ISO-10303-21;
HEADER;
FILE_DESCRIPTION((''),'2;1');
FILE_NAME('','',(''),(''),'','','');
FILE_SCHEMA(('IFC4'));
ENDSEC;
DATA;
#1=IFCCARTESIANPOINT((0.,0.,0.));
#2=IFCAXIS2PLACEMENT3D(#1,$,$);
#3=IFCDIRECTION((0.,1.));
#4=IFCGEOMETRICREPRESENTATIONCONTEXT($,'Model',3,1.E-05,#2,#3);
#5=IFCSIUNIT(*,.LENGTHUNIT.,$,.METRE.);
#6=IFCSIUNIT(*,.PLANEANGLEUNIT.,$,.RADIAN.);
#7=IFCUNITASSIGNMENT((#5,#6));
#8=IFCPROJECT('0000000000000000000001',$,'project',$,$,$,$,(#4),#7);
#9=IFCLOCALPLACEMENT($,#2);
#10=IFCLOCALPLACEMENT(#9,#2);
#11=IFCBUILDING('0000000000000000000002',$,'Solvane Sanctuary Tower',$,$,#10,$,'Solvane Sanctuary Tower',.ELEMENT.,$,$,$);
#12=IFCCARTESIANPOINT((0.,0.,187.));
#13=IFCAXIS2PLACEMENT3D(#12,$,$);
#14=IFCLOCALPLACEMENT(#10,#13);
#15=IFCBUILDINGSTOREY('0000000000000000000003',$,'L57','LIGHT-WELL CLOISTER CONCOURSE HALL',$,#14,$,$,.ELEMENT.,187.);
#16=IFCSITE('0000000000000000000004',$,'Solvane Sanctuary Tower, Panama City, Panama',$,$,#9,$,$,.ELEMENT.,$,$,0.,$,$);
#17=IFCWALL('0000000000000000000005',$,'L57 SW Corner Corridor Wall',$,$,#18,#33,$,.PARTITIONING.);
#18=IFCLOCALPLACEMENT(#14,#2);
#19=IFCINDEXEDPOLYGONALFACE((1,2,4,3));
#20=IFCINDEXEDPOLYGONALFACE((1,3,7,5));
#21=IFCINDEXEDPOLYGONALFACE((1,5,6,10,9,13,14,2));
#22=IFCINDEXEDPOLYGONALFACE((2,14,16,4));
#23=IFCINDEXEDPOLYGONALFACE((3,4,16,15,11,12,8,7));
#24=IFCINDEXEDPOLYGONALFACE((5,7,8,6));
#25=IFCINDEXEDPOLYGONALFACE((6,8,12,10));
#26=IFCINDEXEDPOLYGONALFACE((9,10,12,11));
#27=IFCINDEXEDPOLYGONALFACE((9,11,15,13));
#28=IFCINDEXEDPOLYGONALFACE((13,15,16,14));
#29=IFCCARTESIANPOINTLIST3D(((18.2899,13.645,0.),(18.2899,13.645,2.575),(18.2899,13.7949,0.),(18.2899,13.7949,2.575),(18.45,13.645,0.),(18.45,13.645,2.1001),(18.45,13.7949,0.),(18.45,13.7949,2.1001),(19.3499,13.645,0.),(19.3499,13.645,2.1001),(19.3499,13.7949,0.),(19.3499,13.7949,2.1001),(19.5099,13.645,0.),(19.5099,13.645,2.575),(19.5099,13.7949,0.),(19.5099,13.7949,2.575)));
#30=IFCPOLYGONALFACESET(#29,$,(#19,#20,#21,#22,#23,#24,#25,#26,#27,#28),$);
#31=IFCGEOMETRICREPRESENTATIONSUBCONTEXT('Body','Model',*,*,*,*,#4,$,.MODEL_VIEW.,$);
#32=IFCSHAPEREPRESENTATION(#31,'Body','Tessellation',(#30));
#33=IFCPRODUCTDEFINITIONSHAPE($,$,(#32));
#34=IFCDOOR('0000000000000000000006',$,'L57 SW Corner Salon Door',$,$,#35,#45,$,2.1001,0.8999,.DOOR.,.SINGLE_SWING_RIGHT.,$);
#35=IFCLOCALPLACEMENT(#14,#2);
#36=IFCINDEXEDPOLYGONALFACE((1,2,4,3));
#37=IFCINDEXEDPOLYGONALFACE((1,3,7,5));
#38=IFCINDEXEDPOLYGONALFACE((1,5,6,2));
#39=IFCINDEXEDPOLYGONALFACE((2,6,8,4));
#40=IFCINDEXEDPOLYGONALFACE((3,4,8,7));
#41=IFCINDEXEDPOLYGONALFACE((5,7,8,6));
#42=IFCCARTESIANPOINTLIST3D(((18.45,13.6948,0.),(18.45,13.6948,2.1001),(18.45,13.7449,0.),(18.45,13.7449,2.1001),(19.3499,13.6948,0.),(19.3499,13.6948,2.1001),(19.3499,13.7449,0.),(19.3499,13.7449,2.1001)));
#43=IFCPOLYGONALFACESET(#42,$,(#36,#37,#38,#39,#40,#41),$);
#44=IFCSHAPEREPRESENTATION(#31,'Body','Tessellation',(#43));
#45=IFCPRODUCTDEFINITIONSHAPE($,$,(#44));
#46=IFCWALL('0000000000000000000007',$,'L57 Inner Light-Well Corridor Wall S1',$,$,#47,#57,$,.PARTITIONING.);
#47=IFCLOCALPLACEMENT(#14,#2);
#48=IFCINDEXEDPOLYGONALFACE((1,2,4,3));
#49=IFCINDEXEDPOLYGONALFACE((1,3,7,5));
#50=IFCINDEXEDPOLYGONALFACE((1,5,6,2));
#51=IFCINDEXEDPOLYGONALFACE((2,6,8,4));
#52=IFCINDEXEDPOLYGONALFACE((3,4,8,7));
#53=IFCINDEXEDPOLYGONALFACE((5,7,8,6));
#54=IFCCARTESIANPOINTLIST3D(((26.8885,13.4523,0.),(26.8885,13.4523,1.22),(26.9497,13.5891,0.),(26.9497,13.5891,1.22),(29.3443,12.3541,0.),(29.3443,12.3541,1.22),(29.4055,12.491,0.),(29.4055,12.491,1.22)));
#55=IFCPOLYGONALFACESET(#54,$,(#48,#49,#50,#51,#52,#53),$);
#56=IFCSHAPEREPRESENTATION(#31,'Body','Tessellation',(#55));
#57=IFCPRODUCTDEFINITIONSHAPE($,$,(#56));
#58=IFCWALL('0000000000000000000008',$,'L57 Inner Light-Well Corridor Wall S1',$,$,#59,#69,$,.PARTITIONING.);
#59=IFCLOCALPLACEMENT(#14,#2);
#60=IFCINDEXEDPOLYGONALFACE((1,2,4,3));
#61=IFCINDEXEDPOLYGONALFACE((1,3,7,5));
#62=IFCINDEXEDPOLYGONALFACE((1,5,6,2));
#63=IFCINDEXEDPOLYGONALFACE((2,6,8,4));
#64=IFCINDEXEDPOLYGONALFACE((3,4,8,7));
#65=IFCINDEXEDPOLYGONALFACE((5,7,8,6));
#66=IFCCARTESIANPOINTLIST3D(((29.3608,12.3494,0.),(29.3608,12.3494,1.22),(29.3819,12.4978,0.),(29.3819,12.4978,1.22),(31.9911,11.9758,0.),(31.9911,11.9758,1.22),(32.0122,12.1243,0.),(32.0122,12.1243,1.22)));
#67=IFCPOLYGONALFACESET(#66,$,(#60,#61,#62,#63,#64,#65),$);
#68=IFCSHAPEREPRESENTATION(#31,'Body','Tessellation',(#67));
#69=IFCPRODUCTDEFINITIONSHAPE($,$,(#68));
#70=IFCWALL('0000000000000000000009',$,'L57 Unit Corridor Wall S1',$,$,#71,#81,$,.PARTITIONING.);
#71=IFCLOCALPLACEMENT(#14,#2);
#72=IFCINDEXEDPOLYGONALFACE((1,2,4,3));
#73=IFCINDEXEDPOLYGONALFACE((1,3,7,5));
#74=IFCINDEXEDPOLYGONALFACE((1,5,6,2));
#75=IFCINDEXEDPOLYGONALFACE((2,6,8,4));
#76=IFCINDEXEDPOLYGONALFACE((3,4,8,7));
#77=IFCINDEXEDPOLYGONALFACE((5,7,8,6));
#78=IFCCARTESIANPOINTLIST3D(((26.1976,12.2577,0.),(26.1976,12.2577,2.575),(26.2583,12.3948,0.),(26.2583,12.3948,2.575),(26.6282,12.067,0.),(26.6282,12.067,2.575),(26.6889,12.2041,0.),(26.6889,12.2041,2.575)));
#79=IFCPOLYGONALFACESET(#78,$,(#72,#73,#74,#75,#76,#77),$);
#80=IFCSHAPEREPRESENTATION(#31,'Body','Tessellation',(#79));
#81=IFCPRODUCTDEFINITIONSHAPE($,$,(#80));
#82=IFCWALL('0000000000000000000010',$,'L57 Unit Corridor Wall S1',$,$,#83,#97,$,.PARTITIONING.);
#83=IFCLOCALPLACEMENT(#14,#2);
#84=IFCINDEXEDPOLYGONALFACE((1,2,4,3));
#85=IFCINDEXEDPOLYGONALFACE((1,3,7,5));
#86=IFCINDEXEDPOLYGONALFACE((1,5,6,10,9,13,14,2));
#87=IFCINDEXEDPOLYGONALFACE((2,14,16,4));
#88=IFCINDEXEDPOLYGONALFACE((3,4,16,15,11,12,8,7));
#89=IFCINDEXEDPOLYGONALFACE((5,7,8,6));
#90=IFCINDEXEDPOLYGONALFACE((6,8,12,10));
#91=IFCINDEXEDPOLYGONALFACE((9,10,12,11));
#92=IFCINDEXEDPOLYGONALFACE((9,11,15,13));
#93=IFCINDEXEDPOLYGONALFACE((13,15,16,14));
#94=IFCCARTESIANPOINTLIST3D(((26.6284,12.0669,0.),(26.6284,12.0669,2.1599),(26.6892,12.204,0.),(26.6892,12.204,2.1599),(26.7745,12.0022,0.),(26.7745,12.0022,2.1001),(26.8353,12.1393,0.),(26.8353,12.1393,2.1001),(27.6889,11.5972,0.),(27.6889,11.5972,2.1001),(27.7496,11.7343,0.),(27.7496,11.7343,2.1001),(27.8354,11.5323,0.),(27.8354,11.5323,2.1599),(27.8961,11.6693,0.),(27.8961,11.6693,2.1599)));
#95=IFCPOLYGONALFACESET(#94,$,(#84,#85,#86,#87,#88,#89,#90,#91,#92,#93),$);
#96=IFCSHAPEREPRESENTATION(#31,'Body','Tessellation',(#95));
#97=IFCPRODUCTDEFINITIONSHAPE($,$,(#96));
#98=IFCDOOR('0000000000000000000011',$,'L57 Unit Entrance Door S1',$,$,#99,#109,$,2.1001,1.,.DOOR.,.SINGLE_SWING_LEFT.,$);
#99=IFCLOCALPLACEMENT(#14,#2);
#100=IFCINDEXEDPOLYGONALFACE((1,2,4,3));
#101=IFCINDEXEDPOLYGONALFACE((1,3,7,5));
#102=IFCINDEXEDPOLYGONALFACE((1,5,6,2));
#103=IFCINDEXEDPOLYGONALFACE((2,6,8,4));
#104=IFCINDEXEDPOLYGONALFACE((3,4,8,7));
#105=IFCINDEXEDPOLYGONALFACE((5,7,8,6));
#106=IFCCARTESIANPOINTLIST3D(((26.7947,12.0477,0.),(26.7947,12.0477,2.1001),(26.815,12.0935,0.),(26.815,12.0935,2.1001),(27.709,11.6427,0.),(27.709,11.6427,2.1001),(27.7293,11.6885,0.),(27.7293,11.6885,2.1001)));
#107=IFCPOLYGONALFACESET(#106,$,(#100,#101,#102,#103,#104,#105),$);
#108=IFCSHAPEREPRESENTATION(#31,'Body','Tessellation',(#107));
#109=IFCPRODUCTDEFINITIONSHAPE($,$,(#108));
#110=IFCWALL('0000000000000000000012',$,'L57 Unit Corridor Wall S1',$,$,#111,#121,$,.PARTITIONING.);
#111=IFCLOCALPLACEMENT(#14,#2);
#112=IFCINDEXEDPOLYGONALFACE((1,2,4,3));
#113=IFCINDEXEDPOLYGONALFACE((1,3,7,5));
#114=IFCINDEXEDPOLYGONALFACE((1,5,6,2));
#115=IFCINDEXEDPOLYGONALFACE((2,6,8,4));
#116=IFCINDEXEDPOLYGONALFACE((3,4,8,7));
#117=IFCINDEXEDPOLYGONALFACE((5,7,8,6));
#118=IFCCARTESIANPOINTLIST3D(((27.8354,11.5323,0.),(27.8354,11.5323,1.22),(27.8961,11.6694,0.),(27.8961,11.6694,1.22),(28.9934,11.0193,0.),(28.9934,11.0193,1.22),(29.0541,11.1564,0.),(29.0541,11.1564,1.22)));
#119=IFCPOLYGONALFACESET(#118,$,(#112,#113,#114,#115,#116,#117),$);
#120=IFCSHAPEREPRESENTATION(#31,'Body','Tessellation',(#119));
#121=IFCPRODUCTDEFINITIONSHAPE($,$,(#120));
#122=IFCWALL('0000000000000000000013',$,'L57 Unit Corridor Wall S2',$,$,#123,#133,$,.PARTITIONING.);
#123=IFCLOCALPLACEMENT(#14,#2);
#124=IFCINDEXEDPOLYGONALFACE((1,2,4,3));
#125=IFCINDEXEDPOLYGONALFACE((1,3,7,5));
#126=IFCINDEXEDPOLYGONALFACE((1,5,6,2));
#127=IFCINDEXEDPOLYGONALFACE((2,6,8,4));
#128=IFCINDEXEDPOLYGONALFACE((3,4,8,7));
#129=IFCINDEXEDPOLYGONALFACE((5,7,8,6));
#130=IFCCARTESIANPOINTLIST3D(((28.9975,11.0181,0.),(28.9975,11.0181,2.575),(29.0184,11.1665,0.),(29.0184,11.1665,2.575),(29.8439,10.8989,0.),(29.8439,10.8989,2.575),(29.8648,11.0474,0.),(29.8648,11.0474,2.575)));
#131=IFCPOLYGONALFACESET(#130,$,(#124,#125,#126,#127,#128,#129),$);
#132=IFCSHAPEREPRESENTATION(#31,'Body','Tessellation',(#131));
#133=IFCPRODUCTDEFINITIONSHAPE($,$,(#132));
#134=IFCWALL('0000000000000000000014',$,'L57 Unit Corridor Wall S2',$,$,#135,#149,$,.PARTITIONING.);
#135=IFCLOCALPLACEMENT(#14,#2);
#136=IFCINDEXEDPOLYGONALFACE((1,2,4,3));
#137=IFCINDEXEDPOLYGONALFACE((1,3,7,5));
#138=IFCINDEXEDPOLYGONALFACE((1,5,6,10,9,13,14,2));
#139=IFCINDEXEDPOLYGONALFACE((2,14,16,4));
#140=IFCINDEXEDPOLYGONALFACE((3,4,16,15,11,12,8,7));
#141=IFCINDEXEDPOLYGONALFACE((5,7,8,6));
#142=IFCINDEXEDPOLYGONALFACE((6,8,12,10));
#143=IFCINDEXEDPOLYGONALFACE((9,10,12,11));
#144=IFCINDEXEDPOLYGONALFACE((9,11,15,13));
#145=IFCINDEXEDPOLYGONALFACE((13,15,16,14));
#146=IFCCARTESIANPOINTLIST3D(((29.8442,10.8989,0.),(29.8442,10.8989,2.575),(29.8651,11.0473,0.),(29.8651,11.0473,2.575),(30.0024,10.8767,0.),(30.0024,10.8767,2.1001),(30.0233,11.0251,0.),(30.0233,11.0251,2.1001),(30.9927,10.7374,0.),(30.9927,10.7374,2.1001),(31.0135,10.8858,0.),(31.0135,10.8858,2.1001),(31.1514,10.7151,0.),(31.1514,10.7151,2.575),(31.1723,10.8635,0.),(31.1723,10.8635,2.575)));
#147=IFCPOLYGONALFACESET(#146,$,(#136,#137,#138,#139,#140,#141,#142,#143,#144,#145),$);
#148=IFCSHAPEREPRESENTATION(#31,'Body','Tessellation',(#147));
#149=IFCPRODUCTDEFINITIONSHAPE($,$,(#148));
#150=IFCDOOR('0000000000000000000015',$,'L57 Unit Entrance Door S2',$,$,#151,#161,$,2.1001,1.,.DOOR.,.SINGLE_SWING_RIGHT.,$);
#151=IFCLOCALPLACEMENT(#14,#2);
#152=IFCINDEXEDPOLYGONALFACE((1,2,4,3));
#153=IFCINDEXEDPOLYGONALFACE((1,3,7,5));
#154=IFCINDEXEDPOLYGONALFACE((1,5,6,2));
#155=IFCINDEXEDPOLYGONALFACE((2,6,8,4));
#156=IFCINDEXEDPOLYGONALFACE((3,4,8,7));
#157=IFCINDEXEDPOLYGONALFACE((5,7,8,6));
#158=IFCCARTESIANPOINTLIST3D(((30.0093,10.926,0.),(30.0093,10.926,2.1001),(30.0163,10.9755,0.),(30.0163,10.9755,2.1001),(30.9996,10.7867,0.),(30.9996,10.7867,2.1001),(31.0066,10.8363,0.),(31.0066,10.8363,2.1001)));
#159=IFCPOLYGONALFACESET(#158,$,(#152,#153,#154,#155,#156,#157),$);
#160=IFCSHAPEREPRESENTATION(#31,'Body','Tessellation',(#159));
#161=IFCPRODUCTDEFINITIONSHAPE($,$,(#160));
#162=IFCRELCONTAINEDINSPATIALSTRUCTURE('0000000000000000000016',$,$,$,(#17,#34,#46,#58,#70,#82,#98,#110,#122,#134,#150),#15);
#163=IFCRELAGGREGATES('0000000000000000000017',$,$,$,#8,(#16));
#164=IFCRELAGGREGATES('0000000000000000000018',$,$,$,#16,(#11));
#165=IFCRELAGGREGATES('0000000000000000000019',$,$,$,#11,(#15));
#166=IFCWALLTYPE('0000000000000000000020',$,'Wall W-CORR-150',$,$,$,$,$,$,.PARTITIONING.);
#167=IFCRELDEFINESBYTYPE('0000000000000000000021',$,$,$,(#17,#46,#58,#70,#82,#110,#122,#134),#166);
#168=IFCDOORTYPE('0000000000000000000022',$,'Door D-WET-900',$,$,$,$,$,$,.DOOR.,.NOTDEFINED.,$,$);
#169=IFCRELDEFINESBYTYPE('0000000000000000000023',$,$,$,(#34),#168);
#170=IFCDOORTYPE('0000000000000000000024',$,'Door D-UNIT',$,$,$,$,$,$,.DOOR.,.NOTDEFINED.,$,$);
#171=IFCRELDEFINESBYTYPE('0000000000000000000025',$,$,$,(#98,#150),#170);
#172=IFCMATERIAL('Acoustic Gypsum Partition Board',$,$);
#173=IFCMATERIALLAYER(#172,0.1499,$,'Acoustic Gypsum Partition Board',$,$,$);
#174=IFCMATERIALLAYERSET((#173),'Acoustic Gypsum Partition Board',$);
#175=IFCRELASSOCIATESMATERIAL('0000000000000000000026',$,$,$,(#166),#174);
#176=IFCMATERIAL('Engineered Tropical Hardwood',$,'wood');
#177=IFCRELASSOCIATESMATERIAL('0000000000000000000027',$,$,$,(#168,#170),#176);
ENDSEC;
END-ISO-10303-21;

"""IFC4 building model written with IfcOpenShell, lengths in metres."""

from ifc_helpers import new_model, si_unit, direction, frame, frame_2d, origin, place, context, subcontext, project, spatial, rectangle, extrude, material, layer, layer_set, type_object, element, fill, save


model = new_model("IFC4")

# Units and contexts
model_context = context("Model", 3, precision=1e-05, world=origin(), true_north=direction((0.0, 1.0)))
body_context = subcontext(model_context, "Body", "Model", "MODEL_VIEW")
ifc_project = project(units=[si_unit("LENGTHUNIT", "METRE"), si_unit("PLANEANGLEUNIT", "RADIAN")], contexts=[model_context])

# Site, building, storey
site_placement = place(None, origin())
site = spatial("IfcSite", under=ifc_project, at=site_placement, Name="Solvane Sanctuary Tower, Panama City, Panama", CompositionType="ELEMENT", RefElevation=0.0)
building_placement = place(site_placement, origin())
building = spatial("IfcBuilding", under=site, at=building_placement, Name="Solvane Sanctuary Tower", LongName="Solvane Sanctuary Tower", CompositionType="ELEMENT")
storey_placement = place(building_placement, frame((0.0, 0.0, 187.0)))
storey = spatial("IfcBuildingStorey", under=building, at=storey_placement, Name="L57", Description="LIGHT-WELL CLOISTER CONCOURSE HALL", CompositionType="ELEMENT", Elevation=187.0)

# Shared definitions
ifc_material_1 = material(Name="Acoustic Gypsum Partition Board")
ifc_layer_1 = layer(ifc_material_1, 0.1499, Name="Acoustic Gypsum Partition Board")
ifc_layer_set_1 = layer_set([ifc_layer_1], Name="Acoustic Gypsum Partition Board")
wall_type_1 = type_object("IfcWallType", Name="Wall W-CORR-150", PredefinedType="PARTITIONING", material=ifc_layer_set_1)

# Wall, opening, door
wall_1_placement = place(storey_placement, frame((18.29, 13.72, 0.0), z_axis=(0.0, 0.0, 1.0), x_axis=(1.0, 0.0, 0.0)))
wall_1 = element("IfcWall", 1, at=wall_1_placement, inside=storey, type_object=wall_type_1, Name="L57 SW Corner Corridor Wall", PredefinedType="PARTITIONING", context=body_context, shape_type="SweptSolid", body=[
    extrude(rectangle(XDim=1.22, YDim=0.1499, at=frame_2d((0.6099, 0.0))), origin(), (0.0, 0.0, 1.0), 2.575),
])
opening_1_placement = place(wall_1_placement, frame((0.1599, 0.0, 0.0)))
opening_1 = element("IfcOpeningElement", 2, at=opening_1_placement, cuts=wall_1, PredefinedType="OPENING", context=body_context, shape_type="SweptSolid", body=[
    extrude(rectangle(XDim=0.8999, YDim=2.1001, at=frame_2d((0.45, 1.05))), frame((0.0, 0.085, 0.0), z_axis=(0.0, -1.0, 0.0), x_axis=(1.0, 0.0, 0.0)), (0.0, 0.0, 1.0), 0.1699),
])
ifc_material_2 = material(Name="Engineered Tropical Hardwood", Category="wood")
door_type_1 = type_object("IfcDoorType", Name="Door D-WET-900", OperationType="NOTDEFINED", PredefinedType="DOOR", material=ifc_material_2)
door_1_placement = place(opening_1_placement, origin())
door_1 = element("IfcDoor", 3, at=door_1_placement, inside=storey, type_object=door_type_1, Name="L57 SW Corner Salon Door", OperationType="SINGLE_SWING_RIGHT", OverallHeight=2.1001, OverallWidth=0.8999, PredefinedType="DOOR", context=body_context, shape_type="SweptSolid", body=[
    extrude(rectangle(XDim=0.8999, YDim=2.1001, at=frame_2d((0.45, 1.05))), frame((0.0, 0.0249, 0.0), z_axis=(0.0, -1.0, 0.0), x_axis=(1.0, 0.0, 0.0)), (0.0, 0.0, 1.0), 0.05),
])
fill(opening_1, door_1)

# Walls
wall_2_placement = place(storey_placement, frame((26.9189, 13.5208, 0.0), z_axis=(0.0, 0.0, 1.0), x_axis=(0.912889, -0.408209, 0.0)))
element("IfcWall", 4, at=wall_2_placement, inside=storey, type_object=wall_type_1, Name="L57 Inner Light-Well Corridor Wall S1", PredefinedType="PARTITIONING", context=body_context, shape_type="SweptSolid", body=[
    extrude(rectangle(XDim=2.6902, YDim=0.1499, at=frame_2d((1.3452, 0.0))), origin(), (0.0, 0.0, 1.0), 1.22),
])
wall_3_placement = place(storey_placement, frame((29.3713, 12.4236, 0.0), z_axis=(0.0, 0.0, 1.0), x_axis=(0.990067, -0.140598, 0.0)))
element("IfcWall", 5, at=wall_3_placement, inside=storey, type_object=wall_type_1, Name="L57 Inner Light-Well Corridor Wall S1", PredefinedType="PARTITIONING", context=body_context, shape_type="SweptSolid", body=[
    extrude(rectangle(XDim=2.6567, YDim=0.1499, at=frame_2d((1.3284, 0.0))), origin(), (0.0, 0.0, 1.0), 1.22),
])
wall_4_placement = place(storey_placement, frame((26.228, 12.3262, 0.0), z_axis=(0.0, 0.0, 1.0), x_axis=(0.914388, -0.404839, 0.0)))
element("IfcWall", 6, at=wall_4_placement, inside=storey, type_object=wall_type_1, Name="L57 Unit Corridor Wall S1", PredefinedType="PARTITIONING", context=body_context, shape_type="SweptSolid", body=[
    extrude(rectangle(XDim=0.4709, YDim=0.1499, at=frame_2d((0.2354, 0.0))), origin(), (0.0, 0.0, 1.0), 2.575),
])

# Wall, opening, door
wall_5_placement = place(storey_placement, frame((26.6587, 12.1355, 0.0), z_axis=(0.0, 0.0, 1.0), x_axis=(0.914314, -0.405006, 0.0)))
wall_5 = element("IfcWall", 7, at=wall_5_placement, inside=storey, type_object=wall_type_1, Name="L57 Unit Corridor Wall S1", PredefinedType="PARTITIONING", context=body_context, shape_type="SweptSolid", body=[
    extrude(rectangle(XDim=1.3201, YDim=0.1499, at=frame_2d((0.6602, 0.0))), origin(), (0.0, 0.0, 1.0), 2.1599),
])
opening_2_placement = place(wall_5_placement, frame((0.1599, 0.0, 0.0)))
opening_2 = element("IfcOpeningElement", 8, at=opening_2_placement, cuts=wall_5, PredefinedType="OPENING", context=body_context, shape_type="SweptSolid", body=[
    extrude(rectangle(XDim=1.0, YDim=2.1001, at=frame_2d((0.5, 1.05))), frame((0.0, 0.085, 0.0), z_axis=(0.0, -1.0, 0.0), x_axis=(1.0, 0.0, 0.0)), (0.0, 0.0, 1.0), 0.1699),
])
door_type_2 = type_object("IfcDoorType", Name="Door D-UNIT", OperationType="NOTDEFINED", PredefinedType="DOOR", material=ifc_material_2)
door_2_placement = place(opening_2_placement, origin())
door_2 = element("IfcDoor", 9, at=door_2_placement, inside=storey, type_object=door_type_2, Name="L57 Unit Entrance Door S1", OperationType="SINGLE_SWING_LEFT", OverallHeight=2.1001, OverallWidth=1.0, PredefinedType="DOOR", context=body_context, shape_type="SweptSolid", body=[
    extrude(rectangle(XDim=1.0, YDim=2.1001, at=frame_2d((0.5, 1.05))), frame((0.0, 0.0249, 0.0), z_axis=(0.0, -1.0, 0.0), x_axis=(1.0, 0.0, 0.0)), (0.0, 0.0, 1.0), 0.05),
])
fill(opening_2, door_2)

# Walls
wall_6_placement = place(storey_placement, frame((27.8657, 11.6008, 0.0), z_axis=(0.0, 0.0, 1.0), x_axis=(0.914312, -0.405011, 0.0)))
element("IfcWall", 10, at=wall_6_placement, inside=storey, type_object=wall_type_1, Name="L57 Unit Corridor Wall S1", PredefinedType="PARTITIONING", context=body_context, shape_type="SweptSolid", body=[
    extrude(rectangle(XDim=1.2666, YDim=0.1499, at=frame_2d((0.6333, 0.0))), origin(), (0.0, 0.0, 1.0), 1.22),
])
wall_7_placement = place(storey_placement, frame((29.0081, 11.0923, 0.0), z_axis=(0.0, 0.0, 1.0), x_axis=(0.990239, -0.139382, 0.0)))
element("IfcWall", 11, at=wall_7_placement, inside=storey, type_object=wall_type_1, Name="L57 Unit Corridor Wall S2", PredefinedType="PARTITIONING", context=body_context, shape_type="SweptSolid", body=[
    extrude(rectangle(XDim=0.8547, YDim=0.1499, at=frame_2d((0.4272, 0.0))), origin(), (0.0, 0.0, 1.0), 2.575),
])

# Wall, opening, door
wall_8_placement = place(storey_placement, frame((29.8545, 10.9731, 0.0), z_axis=(0.0, 0.0, 1.0), x_axis=(0.990254, -0.139272, 0.0)))
wall_8 = element("IfcWall", 12, at=wall_8_placement, inside=storey, type_object=wall_type_1, Name="L57 Unit Corridor Wall S2", PredefinedType="PARTITIONING", context=body_context, shape_type="SweptSolid", body=[
    extrude(rectangle(XDim=1.3201, YDim=0.1499, at=frame_2d((0.6602, 0.0))), origin(), (0.0, 0.0, 1.0), 2.575),
])
opening_3_placement = place(wall_8_placement, frame((0.1599, 0.0, 0.0)))
opening_3 = element("IfcOpeningElement", 13, at=opening_3_placement, cuts=wall_8, PredefinedType="OPENING", context=body_context, shape_type="SweptSolid", body=[
    extrude(rectangle(XDim=1.0, YDim=2.1001, at=frame_2d((0.5, 1.05))), frame((0.0, 0.085, 0.0), z_axis=(0.0, -1.0, 0.0), x_axis=(1.0, 0.0, 0.0)), (0.0, 0.0, 1.0), 0.1699),
])
door_3_placement = place(opening_3_placement, origin())
door_3 = element("IfcDoor", 14, at=door_3_placement, inside=storey, type_object=door_type_2, Name="L57 Unit Entrance Door S2", OperationType="SINGLE_SWING_RIGHT", OverallHeight=2.1001, OverallWidth=1.0, PredefinedType="DOOR", context=body_context, shape_type="SweptSolid", body=[
    extrude(rectangle(XDim=1.0, YDim=2.1001, at=frame_2d((0.5, 1.05))), frame((0.0, 0.0249, 0.0), z_axis=(0.0, -1.0, 0.0), x_axis=(1.0, 0.0, 0.0)), (0.0, 0.0, 1.0), 0.05),
])
fill(opening_3, door_3)

save(model, "model.ifc")
